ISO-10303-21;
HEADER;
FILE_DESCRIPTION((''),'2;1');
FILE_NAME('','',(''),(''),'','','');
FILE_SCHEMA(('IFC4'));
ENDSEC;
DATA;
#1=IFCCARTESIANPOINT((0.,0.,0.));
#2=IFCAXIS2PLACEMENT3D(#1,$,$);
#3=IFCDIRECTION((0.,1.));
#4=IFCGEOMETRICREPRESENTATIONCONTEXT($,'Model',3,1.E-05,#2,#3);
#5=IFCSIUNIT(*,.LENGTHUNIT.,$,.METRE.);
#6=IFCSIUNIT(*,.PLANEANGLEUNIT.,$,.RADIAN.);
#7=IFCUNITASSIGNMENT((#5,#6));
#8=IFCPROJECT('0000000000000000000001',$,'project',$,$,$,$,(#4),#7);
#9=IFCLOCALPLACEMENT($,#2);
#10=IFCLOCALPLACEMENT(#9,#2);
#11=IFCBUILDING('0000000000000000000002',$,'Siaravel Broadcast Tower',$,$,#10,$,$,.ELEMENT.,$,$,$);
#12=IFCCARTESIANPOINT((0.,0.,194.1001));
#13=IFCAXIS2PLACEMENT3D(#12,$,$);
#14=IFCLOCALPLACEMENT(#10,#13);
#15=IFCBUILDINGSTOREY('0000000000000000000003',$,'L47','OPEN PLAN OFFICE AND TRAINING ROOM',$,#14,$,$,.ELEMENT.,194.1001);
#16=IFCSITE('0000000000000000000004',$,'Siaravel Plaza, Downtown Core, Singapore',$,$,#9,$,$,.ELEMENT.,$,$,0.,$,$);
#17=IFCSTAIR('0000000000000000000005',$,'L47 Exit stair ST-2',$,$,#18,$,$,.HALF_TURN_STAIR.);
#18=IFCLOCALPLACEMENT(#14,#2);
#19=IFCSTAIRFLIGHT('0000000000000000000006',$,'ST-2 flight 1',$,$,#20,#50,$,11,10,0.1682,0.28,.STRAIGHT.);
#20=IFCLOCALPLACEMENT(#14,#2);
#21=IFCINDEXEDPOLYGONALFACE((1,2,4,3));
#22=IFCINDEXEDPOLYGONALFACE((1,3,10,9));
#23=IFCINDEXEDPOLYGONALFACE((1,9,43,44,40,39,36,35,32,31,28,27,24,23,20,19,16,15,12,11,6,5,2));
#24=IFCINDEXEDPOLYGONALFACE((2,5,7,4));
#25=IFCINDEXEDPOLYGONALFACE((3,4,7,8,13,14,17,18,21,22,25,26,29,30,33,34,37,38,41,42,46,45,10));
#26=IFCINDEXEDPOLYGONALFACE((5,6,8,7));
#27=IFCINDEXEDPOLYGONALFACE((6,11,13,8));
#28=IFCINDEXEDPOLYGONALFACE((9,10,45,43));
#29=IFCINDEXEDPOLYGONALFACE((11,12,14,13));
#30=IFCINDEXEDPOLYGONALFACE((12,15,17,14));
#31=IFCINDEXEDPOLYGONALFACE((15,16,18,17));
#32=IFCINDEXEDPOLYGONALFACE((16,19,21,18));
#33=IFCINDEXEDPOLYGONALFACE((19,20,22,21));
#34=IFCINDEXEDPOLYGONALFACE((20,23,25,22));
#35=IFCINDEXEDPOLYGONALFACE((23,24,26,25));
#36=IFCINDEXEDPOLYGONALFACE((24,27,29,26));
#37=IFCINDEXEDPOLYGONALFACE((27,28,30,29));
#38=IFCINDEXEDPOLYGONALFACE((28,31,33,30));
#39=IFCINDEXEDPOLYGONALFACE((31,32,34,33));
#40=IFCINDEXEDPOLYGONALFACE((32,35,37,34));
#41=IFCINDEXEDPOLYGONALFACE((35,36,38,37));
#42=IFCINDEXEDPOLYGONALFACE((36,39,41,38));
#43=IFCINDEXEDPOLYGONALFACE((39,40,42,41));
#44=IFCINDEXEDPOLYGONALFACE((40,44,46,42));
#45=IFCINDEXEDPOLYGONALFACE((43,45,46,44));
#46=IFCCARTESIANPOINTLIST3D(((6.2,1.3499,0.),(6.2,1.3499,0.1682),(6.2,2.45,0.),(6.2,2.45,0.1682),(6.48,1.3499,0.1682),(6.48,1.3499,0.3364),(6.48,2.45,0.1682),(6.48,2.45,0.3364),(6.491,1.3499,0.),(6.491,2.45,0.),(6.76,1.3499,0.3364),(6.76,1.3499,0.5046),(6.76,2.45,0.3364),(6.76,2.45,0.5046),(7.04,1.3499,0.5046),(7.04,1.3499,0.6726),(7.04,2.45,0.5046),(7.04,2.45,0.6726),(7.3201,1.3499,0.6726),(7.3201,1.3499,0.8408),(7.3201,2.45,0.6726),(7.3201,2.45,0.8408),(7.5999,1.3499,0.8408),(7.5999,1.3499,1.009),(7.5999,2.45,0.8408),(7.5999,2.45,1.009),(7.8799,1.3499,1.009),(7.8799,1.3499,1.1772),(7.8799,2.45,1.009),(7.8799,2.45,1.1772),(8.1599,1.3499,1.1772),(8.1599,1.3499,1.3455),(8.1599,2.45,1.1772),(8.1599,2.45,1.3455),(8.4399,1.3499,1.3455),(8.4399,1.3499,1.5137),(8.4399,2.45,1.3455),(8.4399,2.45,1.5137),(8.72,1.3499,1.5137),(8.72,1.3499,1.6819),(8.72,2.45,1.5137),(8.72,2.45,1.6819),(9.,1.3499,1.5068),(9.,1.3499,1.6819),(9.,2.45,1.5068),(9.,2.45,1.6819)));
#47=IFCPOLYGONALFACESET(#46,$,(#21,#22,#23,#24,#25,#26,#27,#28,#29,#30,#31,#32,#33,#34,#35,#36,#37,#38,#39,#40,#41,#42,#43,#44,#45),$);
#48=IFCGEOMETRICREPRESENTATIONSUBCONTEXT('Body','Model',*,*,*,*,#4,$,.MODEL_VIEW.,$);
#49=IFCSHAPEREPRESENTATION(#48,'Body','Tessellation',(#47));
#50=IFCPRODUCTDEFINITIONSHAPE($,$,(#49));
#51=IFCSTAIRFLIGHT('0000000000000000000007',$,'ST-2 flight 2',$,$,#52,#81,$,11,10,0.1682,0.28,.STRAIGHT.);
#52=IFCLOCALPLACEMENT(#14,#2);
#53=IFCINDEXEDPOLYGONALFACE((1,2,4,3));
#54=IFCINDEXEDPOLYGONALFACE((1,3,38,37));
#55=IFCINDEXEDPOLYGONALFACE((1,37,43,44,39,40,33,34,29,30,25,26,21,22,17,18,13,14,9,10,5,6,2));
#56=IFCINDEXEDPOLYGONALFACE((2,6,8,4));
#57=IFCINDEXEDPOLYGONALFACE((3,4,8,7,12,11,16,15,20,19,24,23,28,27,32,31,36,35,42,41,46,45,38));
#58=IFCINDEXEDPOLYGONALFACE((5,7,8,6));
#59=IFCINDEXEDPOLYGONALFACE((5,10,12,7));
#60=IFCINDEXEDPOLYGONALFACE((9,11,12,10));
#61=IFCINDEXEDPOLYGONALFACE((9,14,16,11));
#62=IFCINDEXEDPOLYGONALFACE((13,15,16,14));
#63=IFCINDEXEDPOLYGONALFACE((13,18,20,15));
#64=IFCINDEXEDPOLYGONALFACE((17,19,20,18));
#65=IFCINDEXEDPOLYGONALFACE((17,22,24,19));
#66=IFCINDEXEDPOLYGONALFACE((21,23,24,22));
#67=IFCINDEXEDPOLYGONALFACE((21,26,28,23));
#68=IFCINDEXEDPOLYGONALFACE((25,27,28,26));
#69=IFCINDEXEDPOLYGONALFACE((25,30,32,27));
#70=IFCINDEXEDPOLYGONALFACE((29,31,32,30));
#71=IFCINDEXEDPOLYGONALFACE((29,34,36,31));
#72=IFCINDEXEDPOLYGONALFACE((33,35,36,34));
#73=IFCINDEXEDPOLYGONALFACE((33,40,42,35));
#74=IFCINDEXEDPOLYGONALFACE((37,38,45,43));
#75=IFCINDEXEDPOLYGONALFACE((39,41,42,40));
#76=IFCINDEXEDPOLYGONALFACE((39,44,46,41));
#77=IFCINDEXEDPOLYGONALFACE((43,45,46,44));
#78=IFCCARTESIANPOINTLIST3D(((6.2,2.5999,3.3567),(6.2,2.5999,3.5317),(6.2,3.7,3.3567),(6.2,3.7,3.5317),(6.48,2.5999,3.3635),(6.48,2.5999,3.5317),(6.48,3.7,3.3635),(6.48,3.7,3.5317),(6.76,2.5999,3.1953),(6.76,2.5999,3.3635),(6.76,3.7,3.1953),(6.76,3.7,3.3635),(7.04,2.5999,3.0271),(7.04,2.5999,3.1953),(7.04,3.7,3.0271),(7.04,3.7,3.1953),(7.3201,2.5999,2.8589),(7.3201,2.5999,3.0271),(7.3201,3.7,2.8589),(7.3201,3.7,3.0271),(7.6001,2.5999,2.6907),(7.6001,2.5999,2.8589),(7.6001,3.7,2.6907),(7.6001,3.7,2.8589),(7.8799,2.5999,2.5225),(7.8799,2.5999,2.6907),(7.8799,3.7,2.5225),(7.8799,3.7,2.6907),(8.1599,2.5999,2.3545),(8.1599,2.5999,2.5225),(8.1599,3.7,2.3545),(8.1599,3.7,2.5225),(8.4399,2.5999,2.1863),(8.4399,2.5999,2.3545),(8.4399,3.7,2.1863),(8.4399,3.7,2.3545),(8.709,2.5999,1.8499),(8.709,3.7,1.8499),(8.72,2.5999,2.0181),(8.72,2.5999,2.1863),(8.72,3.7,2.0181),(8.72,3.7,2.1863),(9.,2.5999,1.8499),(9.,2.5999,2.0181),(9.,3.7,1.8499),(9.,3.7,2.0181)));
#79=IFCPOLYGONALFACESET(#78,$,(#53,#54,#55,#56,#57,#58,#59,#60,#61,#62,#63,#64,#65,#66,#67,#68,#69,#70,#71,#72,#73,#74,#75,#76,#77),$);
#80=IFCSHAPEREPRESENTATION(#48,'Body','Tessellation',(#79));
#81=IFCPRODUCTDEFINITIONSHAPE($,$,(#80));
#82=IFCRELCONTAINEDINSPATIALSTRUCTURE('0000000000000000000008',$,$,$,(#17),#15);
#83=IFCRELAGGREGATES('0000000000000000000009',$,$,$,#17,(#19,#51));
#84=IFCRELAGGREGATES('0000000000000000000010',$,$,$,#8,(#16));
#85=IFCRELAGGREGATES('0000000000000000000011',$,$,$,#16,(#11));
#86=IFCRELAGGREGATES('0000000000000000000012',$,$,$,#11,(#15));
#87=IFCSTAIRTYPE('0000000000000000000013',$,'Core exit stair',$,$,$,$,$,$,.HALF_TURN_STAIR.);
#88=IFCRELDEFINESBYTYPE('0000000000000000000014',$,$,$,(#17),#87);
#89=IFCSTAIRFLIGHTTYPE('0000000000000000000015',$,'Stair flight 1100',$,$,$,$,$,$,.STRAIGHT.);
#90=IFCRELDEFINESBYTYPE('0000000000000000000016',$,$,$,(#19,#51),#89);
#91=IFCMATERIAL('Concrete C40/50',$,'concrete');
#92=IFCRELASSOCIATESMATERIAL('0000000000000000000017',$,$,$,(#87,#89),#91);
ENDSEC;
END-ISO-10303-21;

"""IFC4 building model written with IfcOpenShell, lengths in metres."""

from ifc_helpers import new_model, si_unit, direction, frame, origin, place, context, subcontext, project, spatial, polyline, outline, extrude, material, type_object, element, aggregate, save


model = new_model("IFC4")

# Units and contexts
model_context = context("Model", 3, precision=1e-05, world=origin(), true_north=direction((0.0, 1.0)))
body_context = subcontext(model_context, "Body", "Model", "MODEL_VIEW")
ifc_project = project(units=[si_unit("LENGTHUNIT", "METRE"), si_unit("PLANEANGLEUNIT", "RADIAN")], contexts=[model_context])

# Site, building, storey
site_placement = place(None, origin())
site = spatial("IfcSite", under=ifc_project, at=site_placement, Name="Siaravel Plaza, Downtown Core, Singapore", CompositionType="ELEMENT", RefElevation=0.0)
building_placement = place(site_placement, origin())
building = spatial("IfcBuilding", under=site, at=building_placement, Name="Siaravel Broadcast Tower", CompositionType="ELEMENT")
storey_placement = place(building_placement, frame((0.0, 0.0, 194.1001)))
storey = spatial("IfcBuildingStorey", under=building, at=storey_placement, Name="L47", Description="OPEN PLAN OFFICE AND TRAINING ROOM", CompositionType="ELEMENT", Elevation=194.1001)

# Stair, stair flights
ifc_material_1 = material(Name="Concrete C40/50", Category="concrete")
stair_type = type_object("IfcStairType", Name="Core exit stair", PredefinedType="HALF_TURN_STAIR", material=ifc_material_1)
stair_placement = place(storey_placement, origin())
stair = element("IfcStair", 1, at=stair_placement, inside=storey, type_object=stair_type, Name="L47 Exit stair ST-2", PredefinedType="HALF_TURN_STAIR")
stair_flight_type = type_object("IfcStairFlightType", Name="Stair flight 1100", PredefinedType="STRAIGHT", material=ifc_material_1)
stair_flight_1_placement = place(storey_placement, frame((6.2, 1.8999, 0.0), z_axis=(0.0, 0.0, 1.0), x_axis=(1.0, 0.0, 0.0)))
stair_flight_1 = element("IfcStairFlight", 2, at=stair_flight_1_placement, type_object=stair_flight_type, Name="ST-2 flight 1", NumberOfRisers=11, NumberOfTreads=10, PredefinedType="STRAIGHT", RiserHeight=0.1682, TreadLength=0.28, context=body_context, shape_type="SweptSolid", body=[
    extrude(outline(polyline([(0.0, 0.0), (0.0, 0.1682), (0.28, 0.1682), (0.28, 0.3364), (0.5601, 0.3364), (0.5601, 0.5046), (0.8401, 0.5046), (0.8401, 0.6726), (1.1201, 0.6726), (1.1201, 0.8408), (1.3999, 0.8408), (1.3999, 1.009), (1.6799, 1.009), (1.6799, 1.1772), (1.96, 1.1772), (1.96, 1.3455), (2.24, 1.3455), (2.24, 1.5137), (2.52, 1.5137), (2.52, 1.6819), (2.8, 1.6819), (2.8, 1.8501), (2.8, 1.5068), (0.291, 0.0), (0.0, 0.0)])), frame((0.0, 0.55, 0.0), z_axis=(0.0, -1.0, 0.0), x_axis=(1.0, 0.0, 0.0)), (0.0, 0.0, 1.0), 1.1001),
])
stair_flight_2_placement = place(storey_placement, frame((9.0, 3.1499, 1.8499), z_axis=(0.0, 0.0, 1.0), x_axis=(-1.0, 0.0, 0.0)))
stair_flight_2 = element("IfcStairFlight", 3, at=stair_flight_2_placement, type_object=stair_flight_type, Name="ST-2 flight 2", NumberOfRisers=11, NumberOfTreads=10, PredefinedType="STRAIGHT", RiserHeight=0.1682, TreadLength=0.28, context=body_context, shape_type="SweptSolid", body=[
    extrude(outline(polyline([(0.0, 0.0), (0.0, 0.1682), (0.28, 0.1682), (0.28, 0.3364), (0.5601, 0.3364), (0.5601, 0.5046), (0.8401, 0.5046), (0.8401, 0.6726), (1.1201, 0.6726), (1.1201, 0.8408), (1.3999, 0.8408), (1.3999, 1.009), (1.6799, 1.009), (1.6799, 1.1772), (1.96, 1.1772), (1.96, 1.3455), (2.24, 1.3455), (2.24, 1.5137), (2.52, 1.5137), (2.52, 1.6819), (2.8, 1.6819), (2.8, 1.8501), (2.8, 1.5068), (0.291, 0.0), (0.0, 0.0)])), frame((0.0, 0.55, 0.0), z_axis=(0.0, -1.0, 0.0), x_axis=(1.0, 0.0, 0.0)), (0.0, 0.0, 1.0), 1.1001),
])
aggregate(stair, [stair_flight_1, stair_flight_2])

save(model, "model.ifc")
